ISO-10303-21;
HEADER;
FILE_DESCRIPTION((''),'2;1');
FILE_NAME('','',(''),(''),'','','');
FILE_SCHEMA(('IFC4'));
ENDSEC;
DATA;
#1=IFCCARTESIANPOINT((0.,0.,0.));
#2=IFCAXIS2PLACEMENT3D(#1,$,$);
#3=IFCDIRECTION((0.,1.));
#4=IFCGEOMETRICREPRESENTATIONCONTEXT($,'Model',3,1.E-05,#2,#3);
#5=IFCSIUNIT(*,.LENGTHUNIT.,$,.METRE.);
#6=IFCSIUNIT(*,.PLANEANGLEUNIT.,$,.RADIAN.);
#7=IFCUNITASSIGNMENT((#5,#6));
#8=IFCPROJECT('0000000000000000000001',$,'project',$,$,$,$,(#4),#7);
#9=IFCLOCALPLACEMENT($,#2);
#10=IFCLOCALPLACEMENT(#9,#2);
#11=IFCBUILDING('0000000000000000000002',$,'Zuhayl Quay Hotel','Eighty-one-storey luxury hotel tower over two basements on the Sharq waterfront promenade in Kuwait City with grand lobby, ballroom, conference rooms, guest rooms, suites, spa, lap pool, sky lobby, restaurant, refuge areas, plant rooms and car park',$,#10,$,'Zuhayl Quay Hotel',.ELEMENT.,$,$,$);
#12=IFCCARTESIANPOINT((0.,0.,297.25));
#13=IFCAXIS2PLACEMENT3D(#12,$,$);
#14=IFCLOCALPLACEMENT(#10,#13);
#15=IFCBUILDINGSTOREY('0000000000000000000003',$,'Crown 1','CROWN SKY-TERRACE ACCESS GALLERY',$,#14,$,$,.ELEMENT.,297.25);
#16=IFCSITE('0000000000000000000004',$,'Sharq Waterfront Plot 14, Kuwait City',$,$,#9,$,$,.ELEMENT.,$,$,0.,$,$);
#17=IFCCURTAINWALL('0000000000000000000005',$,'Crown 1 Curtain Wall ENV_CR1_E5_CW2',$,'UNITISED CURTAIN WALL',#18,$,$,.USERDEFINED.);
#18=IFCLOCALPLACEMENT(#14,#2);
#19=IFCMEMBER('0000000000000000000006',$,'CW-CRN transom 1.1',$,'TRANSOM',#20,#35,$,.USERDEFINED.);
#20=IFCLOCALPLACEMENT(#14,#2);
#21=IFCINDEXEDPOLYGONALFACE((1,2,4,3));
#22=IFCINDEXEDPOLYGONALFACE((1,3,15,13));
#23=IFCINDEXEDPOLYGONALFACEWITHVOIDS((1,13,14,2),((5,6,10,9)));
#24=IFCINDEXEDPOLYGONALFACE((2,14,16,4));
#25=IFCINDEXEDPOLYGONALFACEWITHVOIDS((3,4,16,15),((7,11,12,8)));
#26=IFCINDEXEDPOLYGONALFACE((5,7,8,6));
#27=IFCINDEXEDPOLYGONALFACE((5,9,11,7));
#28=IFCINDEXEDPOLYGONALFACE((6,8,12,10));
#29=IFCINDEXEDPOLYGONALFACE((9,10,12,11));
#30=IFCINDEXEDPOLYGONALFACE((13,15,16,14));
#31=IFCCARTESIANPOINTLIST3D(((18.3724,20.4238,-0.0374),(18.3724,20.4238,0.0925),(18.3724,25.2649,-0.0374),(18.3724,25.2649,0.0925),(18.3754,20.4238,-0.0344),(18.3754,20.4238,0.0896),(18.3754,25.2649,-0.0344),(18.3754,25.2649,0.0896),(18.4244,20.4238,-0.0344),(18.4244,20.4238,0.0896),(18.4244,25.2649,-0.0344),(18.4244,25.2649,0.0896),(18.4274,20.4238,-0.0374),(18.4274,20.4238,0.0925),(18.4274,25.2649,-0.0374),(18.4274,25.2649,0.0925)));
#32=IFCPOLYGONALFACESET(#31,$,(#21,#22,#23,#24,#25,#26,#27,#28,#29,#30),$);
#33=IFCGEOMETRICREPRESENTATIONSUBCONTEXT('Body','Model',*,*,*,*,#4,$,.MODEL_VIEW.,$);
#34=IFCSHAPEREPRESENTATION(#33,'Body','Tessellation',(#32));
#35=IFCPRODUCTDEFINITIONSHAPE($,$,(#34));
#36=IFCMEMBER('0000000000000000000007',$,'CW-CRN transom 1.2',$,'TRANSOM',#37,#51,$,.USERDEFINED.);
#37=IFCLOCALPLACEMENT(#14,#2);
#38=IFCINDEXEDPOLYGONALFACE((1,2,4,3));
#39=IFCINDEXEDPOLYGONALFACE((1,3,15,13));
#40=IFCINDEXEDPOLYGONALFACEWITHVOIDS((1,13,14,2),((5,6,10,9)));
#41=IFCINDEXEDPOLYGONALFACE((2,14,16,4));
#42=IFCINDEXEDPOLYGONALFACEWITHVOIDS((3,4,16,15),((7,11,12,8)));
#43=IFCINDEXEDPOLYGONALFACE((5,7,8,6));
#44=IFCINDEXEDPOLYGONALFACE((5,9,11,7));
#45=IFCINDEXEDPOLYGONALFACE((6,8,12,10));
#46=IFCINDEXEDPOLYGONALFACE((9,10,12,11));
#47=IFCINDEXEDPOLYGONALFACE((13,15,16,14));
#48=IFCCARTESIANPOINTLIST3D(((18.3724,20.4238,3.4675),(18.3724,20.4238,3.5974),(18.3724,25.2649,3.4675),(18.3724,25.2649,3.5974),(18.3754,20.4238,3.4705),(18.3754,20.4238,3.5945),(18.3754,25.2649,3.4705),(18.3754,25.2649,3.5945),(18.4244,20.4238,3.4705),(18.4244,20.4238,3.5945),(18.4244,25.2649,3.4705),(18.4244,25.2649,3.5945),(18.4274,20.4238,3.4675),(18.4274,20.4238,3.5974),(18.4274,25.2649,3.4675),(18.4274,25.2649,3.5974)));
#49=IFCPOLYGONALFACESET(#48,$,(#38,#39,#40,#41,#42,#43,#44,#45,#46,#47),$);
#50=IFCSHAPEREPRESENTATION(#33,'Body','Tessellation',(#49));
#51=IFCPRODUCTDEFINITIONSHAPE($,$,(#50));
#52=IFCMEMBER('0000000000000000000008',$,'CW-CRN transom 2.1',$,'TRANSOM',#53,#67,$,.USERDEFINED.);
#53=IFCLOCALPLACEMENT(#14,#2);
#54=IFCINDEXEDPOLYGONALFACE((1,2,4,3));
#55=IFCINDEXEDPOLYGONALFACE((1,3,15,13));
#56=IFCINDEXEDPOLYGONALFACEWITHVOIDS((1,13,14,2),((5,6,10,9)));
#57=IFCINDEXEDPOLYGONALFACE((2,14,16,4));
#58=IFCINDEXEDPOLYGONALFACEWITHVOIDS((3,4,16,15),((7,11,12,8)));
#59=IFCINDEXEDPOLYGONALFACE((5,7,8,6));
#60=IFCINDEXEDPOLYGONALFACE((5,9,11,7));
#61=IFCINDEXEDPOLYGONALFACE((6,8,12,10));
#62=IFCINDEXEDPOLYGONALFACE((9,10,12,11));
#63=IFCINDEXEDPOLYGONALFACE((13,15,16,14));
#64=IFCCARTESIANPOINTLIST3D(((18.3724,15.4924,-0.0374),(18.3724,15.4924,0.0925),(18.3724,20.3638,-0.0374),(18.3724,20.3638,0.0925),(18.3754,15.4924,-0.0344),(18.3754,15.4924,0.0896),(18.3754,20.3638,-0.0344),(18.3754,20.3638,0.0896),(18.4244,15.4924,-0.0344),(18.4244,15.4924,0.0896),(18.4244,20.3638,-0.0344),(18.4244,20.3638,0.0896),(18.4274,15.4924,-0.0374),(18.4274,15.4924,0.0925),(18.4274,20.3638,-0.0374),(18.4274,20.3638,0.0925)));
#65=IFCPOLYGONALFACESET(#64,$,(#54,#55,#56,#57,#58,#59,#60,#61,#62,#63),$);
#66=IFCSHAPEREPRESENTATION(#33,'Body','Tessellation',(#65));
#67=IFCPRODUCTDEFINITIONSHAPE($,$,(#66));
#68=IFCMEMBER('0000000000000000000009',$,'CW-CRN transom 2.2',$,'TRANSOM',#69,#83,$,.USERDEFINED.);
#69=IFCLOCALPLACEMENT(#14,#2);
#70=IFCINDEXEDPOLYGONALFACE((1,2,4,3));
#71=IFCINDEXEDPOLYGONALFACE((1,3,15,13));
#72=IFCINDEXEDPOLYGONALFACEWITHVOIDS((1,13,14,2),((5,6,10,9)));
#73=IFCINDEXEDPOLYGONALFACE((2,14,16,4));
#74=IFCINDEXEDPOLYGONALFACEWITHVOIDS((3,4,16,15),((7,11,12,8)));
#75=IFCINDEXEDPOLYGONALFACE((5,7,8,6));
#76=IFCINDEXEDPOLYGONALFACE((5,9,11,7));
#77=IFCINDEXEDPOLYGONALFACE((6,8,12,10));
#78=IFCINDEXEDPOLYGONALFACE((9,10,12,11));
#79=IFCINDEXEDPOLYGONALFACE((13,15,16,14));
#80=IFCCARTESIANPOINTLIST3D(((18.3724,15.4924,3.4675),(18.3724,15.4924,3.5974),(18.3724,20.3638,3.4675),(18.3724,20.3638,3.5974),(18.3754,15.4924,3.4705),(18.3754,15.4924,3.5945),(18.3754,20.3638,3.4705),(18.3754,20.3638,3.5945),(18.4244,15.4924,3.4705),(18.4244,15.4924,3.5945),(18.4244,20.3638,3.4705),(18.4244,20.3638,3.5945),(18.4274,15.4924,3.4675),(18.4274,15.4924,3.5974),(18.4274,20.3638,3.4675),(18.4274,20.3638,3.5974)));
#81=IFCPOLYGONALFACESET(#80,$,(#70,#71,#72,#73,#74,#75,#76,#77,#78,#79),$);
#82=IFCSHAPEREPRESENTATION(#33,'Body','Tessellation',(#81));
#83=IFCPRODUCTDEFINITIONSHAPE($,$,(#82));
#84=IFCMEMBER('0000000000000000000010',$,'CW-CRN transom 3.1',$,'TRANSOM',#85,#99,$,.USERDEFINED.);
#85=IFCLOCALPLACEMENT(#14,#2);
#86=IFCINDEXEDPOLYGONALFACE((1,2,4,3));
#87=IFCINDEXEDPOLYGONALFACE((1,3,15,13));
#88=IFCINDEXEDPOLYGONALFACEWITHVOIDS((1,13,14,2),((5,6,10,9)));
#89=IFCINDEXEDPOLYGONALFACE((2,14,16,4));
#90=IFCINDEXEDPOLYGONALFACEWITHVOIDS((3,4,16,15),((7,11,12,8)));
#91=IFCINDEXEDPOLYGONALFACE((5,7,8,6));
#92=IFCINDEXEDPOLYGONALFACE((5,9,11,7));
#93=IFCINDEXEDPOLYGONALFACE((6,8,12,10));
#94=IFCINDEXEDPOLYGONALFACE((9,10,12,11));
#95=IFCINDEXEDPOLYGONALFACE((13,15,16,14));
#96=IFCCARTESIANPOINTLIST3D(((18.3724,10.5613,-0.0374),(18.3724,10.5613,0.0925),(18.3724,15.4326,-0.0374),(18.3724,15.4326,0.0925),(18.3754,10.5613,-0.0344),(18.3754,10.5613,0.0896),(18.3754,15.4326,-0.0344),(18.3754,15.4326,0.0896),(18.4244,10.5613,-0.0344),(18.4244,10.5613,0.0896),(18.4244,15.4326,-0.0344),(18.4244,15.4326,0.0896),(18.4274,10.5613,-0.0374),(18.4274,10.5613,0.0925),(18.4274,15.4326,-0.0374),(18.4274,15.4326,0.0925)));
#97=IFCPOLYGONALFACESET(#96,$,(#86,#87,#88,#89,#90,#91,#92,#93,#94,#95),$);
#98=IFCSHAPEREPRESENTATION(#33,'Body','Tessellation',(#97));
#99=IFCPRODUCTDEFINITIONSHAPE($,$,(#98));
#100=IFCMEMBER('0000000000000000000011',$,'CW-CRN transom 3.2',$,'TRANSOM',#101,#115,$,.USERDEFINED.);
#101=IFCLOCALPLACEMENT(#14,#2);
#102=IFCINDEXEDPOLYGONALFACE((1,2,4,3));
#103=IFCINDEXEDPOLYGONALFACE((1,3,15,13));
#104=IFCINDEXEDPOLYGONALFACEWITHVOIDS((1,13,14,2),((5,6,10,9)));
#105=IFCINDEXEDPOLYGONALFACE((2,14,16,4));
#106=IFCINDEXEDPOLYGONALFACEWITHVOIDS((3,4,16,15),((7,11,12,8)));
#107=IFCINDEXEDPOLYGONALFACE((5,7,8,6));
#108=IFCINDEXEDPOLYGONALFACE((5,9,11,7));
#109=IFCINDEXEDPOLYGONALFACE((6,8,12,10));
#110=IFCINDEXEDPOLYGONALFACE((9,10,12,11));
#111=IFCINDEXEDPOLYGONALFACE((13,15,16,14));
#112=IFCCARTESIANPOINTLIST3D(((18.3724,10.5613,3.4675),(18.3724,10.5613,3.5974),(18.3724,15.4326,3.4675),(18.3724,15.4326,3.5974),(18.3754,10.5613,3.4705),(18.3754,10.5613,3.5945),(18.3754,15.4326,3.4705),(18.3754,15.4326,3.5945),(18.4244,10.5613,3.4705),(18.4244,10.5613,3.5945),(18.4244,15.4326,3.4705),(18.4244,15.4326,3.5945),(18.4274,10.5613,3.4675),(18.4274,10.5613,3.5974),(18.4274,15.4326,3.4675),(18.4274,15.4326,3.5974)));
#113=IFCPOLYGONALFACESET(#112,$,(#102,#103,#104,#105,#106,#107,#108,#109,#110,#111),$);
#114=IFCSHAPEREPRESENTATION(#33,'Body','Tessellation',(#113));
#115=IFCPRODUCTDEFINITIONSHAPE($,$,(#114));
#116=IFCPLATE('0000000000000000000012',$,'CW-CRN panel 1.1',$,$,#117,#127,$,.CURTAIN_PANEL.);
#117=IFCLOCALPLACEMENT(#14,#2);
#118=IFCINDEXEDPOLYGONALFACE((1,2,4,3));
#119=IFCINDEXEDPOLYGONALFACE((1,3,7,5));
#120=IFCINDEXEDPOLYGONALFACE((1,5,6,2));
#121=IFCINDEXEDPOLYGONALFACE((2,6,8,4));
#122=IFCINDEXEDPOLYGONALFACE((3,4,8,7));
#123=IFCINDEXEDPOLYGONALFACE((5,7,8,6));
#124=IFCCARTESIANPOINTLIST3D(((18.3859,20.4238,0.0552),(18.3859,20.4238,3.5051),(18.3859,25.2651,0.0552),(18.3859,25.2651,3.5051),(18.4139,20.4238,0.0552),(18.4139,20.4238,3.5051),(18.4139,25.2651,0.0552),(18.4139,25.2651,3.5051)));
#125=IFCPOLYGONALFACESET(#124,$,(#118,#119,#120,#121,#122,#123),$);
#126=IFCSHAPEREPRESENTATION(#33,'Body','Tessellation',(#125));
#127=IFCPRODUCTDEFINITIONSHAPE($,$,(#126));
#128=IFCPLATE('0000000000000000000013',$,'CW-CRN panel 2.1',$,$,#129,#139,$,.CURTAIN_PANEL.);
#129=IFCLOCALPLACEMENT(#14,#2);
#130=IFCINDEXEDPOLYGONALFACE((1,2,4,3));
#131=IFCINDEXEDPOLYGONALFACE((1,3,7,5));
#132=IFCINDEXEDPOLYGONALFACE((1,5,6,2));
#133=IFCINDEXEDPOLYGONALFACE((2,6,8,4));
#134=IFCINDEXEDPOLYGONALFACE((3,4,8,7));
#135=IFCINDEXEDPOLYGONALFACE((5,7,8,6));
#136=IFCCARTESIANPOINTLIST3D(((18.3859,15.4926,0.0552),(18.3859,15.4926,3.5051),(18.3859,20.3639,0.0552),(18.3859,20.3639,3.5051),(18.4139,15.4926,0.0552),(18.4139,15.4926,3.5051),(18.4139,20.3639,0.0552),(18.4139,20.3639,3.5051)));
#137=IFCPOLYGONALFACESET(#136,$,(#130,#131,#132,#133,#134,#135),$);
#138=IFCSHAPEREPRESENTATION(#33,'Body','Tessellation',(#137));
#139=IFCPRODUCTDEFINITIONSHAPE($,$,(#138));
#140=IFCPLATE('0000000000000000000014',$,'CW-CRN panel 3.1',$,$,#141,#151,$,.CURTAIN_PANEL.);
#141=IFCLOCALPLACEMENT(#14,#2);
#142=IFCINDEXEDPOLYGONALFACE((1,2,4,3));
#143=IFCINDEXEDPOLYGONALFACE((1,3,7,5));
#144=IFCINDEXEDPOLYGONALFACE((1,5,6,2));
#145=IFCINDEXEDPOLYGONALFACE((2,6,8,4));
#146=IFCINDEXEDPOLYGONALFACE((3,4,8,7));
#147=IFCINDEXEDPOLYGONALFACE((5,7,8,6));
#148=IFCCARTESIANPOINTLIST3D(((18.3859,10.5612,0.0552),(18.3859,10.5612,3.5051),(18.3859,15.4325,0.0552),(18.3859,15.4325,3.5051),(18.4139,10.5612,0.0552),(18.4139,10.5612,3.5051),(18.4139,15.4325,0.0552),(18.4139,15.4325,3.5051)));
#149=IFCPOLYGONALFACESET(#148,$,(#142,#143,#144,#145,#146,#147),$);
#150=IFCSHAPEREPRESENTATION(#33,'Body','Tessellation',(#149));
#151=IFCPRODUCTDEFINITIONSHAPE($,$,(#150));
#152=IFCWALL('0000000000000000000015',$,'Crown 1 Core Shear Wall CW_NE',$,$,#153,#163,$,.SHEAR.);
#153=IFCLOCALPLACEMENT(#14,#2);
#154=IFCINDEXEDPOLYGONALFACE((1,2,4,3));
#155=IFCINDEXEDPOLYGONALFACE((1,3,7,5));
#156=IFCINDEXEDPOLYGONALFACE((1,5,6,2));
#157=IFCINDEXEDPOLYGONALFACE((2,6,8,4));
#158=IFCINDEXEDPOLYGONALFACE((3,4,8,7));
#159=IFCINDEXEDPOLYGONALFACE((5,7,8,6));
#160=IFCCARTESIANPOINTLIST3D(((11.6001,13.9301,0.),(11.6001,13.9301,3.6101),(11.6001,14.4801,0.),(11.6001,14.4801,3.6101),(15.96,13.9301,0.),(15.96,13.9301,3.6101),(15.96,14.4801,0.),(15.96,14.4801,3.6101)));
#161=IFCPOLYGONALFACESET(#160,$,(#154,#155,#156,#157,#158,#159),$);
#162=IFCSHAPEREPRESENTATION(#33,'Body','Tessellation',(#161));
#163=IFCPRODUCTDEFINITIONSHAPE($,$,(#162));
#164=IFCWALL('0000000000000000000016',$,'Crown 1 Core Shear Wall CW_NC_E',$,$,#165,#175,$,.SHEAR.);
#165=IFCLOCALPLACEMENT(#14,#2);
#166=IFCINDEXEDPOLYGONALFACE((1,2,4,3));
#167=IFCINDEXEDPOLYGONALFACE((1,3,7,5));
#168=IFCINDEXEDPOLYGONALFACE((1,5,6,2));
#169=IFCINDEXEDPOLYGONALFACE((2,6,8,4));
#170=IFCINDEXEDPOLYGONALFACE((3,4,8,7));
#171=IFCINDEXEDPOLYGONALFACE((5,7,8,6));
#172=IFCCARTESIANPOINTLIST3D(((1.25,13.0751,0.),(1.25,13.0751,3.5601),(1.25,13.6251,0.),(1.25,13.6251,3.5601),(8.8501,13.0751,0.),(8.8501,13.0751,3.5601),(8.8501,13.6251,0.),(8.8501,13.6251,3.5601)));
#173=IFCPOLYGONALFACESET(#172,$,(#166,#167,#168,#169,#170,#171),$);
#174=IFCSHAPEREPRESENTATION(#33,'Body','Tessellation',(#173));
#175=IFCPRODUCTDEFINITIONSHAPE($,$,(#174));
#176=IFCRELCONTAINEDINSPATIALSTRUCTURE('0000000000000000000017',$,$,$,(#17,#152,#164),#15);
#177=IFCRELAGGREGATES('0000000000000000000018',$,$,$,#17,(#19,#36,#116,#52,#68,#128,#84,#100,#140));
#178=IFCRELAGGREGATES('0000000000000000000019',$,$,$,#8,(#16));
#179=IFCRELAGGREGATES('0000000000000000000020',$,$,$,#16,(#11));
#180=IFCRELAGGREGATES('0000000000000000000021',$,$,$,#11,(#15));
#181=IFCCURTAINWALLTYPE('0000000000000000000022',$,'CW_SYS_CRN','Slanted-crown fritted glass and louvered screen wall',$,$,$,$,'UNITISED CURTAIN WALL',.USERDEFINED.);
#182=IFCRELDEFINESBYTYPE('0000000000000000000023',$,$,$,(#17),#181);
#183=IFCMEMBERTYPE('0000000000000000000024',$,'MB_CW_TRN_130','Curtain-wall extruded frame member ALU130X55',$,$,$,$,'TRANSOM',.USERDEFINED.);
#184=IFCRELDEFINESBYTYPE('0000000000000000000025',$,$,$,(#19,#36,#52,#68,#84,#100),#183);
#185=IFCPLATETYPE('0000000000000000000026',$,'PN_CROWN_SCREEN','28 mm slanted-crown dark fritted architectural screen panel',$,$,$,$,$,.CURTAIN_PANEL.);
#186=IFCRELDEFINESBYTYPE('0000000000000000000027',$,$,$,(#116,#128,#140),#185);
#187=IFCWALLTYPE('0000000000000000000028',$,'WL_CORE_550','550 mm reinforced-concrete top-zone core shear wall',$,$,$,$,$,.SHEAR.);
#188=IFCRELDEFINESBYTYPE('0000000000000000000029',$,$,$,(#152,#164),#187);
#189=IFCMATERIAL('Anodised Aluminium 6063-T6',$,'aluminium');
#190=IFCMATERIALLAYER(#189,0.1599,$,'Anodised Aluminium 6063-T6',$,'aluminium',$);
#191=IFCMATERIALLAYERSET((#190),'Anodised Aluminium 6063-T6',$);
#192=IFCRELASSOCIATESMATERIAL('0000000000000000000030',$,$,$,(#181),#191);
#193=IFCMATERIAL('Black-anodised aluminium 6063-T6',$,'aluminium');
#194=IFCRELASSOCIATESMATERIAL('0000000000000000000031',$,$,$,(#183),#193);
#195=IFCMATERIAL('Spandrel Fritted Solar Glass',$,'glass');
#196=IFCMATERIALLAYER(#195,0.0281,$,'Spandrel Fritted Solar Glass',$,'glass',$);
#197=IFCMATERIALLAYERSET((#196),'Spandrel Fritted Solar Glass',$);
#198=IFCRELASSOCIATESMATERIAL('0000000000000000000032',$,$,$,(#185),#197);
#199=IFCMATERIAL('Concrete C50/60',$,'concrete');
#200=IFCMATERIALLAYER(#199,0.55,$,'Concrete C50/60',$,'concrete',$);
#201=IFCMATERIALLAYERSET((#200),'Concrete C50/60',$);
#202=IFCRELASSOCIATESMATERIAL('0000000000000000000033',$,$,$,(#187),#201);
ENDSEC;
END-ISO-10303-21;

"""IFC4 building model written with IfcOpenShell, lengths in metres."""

from ifc_helpers import new_model, si_unit, direction, frame, frame_2d, origin, origin_2d, place, context, subcontext, project, spatial, rectangle, hollow_rectangle, extrude, material, layer, layer_set, material_profile, profile_set, type_object, element, aggregate, save


model = new_model("IFC4")

# Units and contexts
model_context = context("Model", 3, precision=1e-05, world=origin(), true_north=direction((0.0, 1.0)))
body_context = subcontext(model_context, "Body", "Model", "MODEL_VIEW")
ifc_project = project(units=[si_unit("LENGTHUNIT", "METRE"), si_unit("PLANEANGLEUNIT", "RADIAN")], contexts=[model_context])

# Site, building, storey
site_placement = place(None, origin())
site = spatial("IfcSite", under=ifc_project, at=site_placement, Name="Sharq Waterfront Plot 14, Kuwait City", CompositionType="ELEMENT", RefElevation=0.0)
building_placement = place(site_placement, origin())
building = spatial("IfcBuilding", under=site, at=building_placement, Name="Zuhayl Quay Hotel", Description="Eighty-one-storey luxury hotel tower over two basements on the Sharq waterfront promenade in Kuwait City with grand lobby, ballroom, conference rooms, guest rooms, suites, spa, lap pool, sky lobby, restaurant, refuge areas, plant rooms and car park", LongName="Zuhayl Quay Hotel", CompositionType="ELEMENT")
storey_placement = place(building_placement, frame((0.0, 0.0, 297.25)))
storey = spatial("IfcBuildingStorey", under=building, at=storey_placement, Name="Crown 1", Description="CROWN SKY-TERRACE ACCESS GALLERY", CompositionType="ELEMENT", Elevation=297.25)

# Shared definitions
ifc_material_1 = material(Name="Anodised Aluminium 6063-T6", Category="aluminium")
ifc_layer_1 = layer(ifc_material_1, 0.1599, Name="Anodised Aluminium 6063-T6", Category="aluminium")
ifc_layer_set_1 = layer_set([ifc_layer_1], Name="Anodised Aluminium 6063-T6")
curtain_wall_type = type_object("IfcCurtainWallType", Name="CW_SYS_CRN", Description="Slanted-crown fritted glass and louvered screen wall", ElementType="UNITISED CURTAIN WALL", PredefinedType="USERDEFINED", material=ifc_layer_set_1)
ifc_material_2 = material(Name="Black-anodised aluminium 6063-T6", Category="aluminium")

# Curtain wall, members, plates
curtain_wall_1_placement = place(storey_placement, origin())
curtain_wall_1 = element("IfcCurtainWall", 1, at=curtain_wall_1_placement, inside=storey, type_object=curtain_wall_type, Name="Crown 1 Curtain Wall ENV_CR1_E5_CW2", ObjectType="UNITISED CURTAIN WALL", PredefinedType="USERDEFINED")
ifc_material_profile_1 = material_profile(ifc_material_2, hollow_rectangle(XDim=0.0549, YDim=0.1299, WallThickness=0.0029, at=origin_2d()), Name="ALU130X55")
ifc_profile_set_1 = profile_set([ifc_material_profile_1], Name="Black-anodised aluminium 6063-T6")
member_type_1 = type_object("IfcMemberType", Name="MB_CW_TRN_130", Description="Curtain-wall extruded frame member ALU130X55", ElementType="TRANSOM", PredefinedType="USERDEFINED", material=ifc_profile_set_1)
member_1_placement = place(storey_placement, frame((18.3999, 25.2649, 0.0276), z_axis=(0.0, -1.0, 0.0), x_axis=(1.0, 0.0, 0.0)))
member_1 = element("IfcMember", 2, at=member_1_placement, type_object=member_type_1, Name="CW-CRN transom 1.1", ObjectType="TRANSOM", PredefinedType="USERDEFINED", context=body_context, shape_type="SweptSolid", body=[
    extrude(hollow_rectangle(XDim=0.0549, YDim=0.1299, WallThickness=0.0029, at=origin_2d()), origin(), (0.0, 0.0, 1.0), 4.8411),
])
member_2_placement = place(storey_placement, frame((18.3999, 25.2649, 3.5325), z_axis=(0.0, -1.0, 0.0), x_axis=(1.0, 0.0, 0.0)))
member_2 = element("IfcMember", 3, at=member_2_placement, type_object=member_type_1, Name="CW-CRN transom 1.2", ObjectType="TRANSOM", PredefinedType="USERDEFINED", context=body_context, shape_type="SweptSolid", body=[
    extrude(hollow_rectangle(XDim=0.0549, YDim=0.1299, WallThickness=0.0029, at=origin_2d()), origin(), (0.0, 0.0, 1.0), 4.8411),
])
member_3_placement = place(storey_placement, frame((18.3999, 20.3638, 0.0276), z_axis=(0.0, -1.0, 0.0), x_axis=(1.0, 0.0, 0.0)))
member_3 = element("IfcMember", 4, at=member_3_placement, type_object=member_type_1, Name="CW-CRN transom 2.1", ObjectType="TRANSOM", PredefinedType="USERDEFINED", context=body_context, shape_type="SweptSolid", body=[
    extrude(hollow_rectangle(XDim=0.0549, YDim=0.1299, WallThickness=0.0029, at=origin_2d()), origin(), (0.0, 0.0, 1.0), 4.8713),
])
member_4_placement = place(storey_placement, frame((18.3999, 20.3638, 3.5325), z_axis=(0.0, -1.0, 0.0), x_axis=(1.0, 0.0, 0.0)))
member_4 = element("IfcMember", 5, at=member_4_placement, type_object=member_type_1, Name="CW-CRN transom 2.2", ObjectType="TRANSOM", PredefinedType="USERDEFINED", context=body_context, shape_type="SweptSolid", body=[
    extrude(hollow_rectangle(XDim=0.0549, YDim=0.1299, WallThickness=0.0029, at=origin_2d()), origin(), (0.0, 0.0, 1.0), 4.8713),
])
member_5_placement = place(storey_placement, frame((18.3999, 15.4326, 0.0276), z_axis=(0.0, -1.0, 0.0), x_axis=(1.0, 0.0, 0.0)))
member_5 = element("IfcMember", 6, at=member_5_placement, type_object=member_type_1, Name="CW-CRN transom 3.1", ObjectType="TRANSOM", PredefinedType="USERDEFINED", context=body_context, shape_type="SweptSolid", body=[
    extrude(hollow_rectangle(XDim=0.0549, YDim=0.1299, WallThickness=0.0029, at=origin_2d()), origin(), (0.0, 0.0, 1.0), 4.8713),
])
member_6_placement = place(storey_placement, frame((18.3999, 15.4326, 3.5325), z_axis=(0.0, -1.0, 0.0), x_axis=(1.0, 0.0, 0.0)))
member_6 = element("IfcMember", 7, at=member_6_placement, type_object=member_type_1, Name="CW-CRN transom 3.2", ObjectType="TRANSOM", PredefinedType="USERDEFINED", context=body_context, shape_type="SweptSolid", body=[
    extrude(hollow_rectangle(XDim=0.0549, YDim=0.1299, WallThickness=0.0029, at=origin_2d()), origin(), (0.0, 0.0, 1.0), 4.8713),
])
ifc_material_3 = material(Name="Spandrel Fritted Solar Glass", Category="glass")
ifc_layer_2 = layer(ifc_material_3, 0.0281, Name="Spandrel Fritted Solar Glass", Category="glass")
ifc_layer_set_2 = layer_set([ifc_layer_2], Name="Spandrel Fritted Solar Glass")
plate_type = type_object("IfcPlateType", Name="PN_CROWN_SCREEN", Description="28 mm slanted-crown dark fritted architectural screen panel", PredefinedType="CURTAIN_PANEL", material=ifc_layer_set_2)
plate_1_placement = place(storey_placement, frame((18.3999, 22.8445, 0.0552), z_axis=(0.0, 0.0, 1.0), x_axis=(0.0, -1.0, 0.0)))
plate_1 = element("IfcPlate", 8, at=plate_1_placement, type_object=plate_type, Name="CW-CRN panel 1.1", PredefinedType="CURTAIN_PANEL", context=body_context, shape_type="SweptSolid", body=[
    extrude(rectangle(XDim=4.8413, YDim=0.0281, at=origin_2d()), origin(), (0.0, 0.0, 1.0), 3.45),
])
plate_2_placement = place(storey_placement, frame((18.3999, 17.9282, 0.0552), z_axis=(0.0, 0.0, 1.0), x_axis=(0.0, -1.0, 0.0)))
plate_2 = element("IfcPlate", 9, at=plate_2_placement, type_object=plate_type, Name="CW-CRN panel 2.1", PredefinedType="CURTAIN_PANEL", context=body_context, shape_type="SweptSolid", body=[
    extrude(rectangle(XDim=4.8713, YDim=0.0281, at=origin_2d()), origin(), (0.0, 0.0, 1.0), 3.45),
])
plate_3_placement = place(storey_placement, frame((18.3999, 12.9968, 0.0552), z_axis=(0.0, 0.0, 1.0), x_axis=(0.0, -1.0, 0.0)))
plate_3 = element("IfcPlate", 10, at=plate_3_placement, type_object=plate_type, Name="CW-CRN panel 3.1", PredefinedType="CURTAIN_PANEL", context=body_context, shape_type="SweptSolid", body=[
    extrude(rectangle(XDim=4.8713, YDim=0.0281, at=origin_2d()), origin(), (0.0, 0.0, 1.0), 3.45),
])
aggregate(curtain_wall_1, [member_1, member_2, plate_1, member_3, member_4, plate_2, member_5, member_6, plate_3])

# Walls
ifc_material_4 = material(Name="Concrete C50/60", Category="concrete")
ifc_layer_3 = layer(ifc_material_4, 0.55, Name="Concrete C50/60", Category="concrete")
ifc_layer_set_3 = layer_set([ifc_layer_3], Name="Concrete C50/60")
wall_type_1 = type_object("IfcWallType", Name="WL_CORE_550", Description="550 mm reinforced-concrete top-zone core shear wall", PredefinedType="SHEAR", material=ifc_layer_set_3)
wall_1_placement = place(storey_placement, frame((11.6001, 14.2051, 0.0), z_axis=(0.0, 0.0, 1.0), x_axis=(1.0, 0.0, 0.0)))
element("IfcWall", 11, at=wall_1_placement, inside=storey, type_object=wall_type_1, Name="Crown 1 Core Shear Wall CW_NE", PredefinedType="SHEAR", context=body_context, shape_type="SweptSolid", body=[
    extrude(rectangle(XDim=4.3599, YDim=0.55, at=frame_2d((2.1799, 0.0))), origin(), (0.0, 0.0, 1.0), 3.6101),
])
wall_2_placement = place(storey_placement, frame((1.25, 13.3501, 0.0), z_axis=(0.0, 0.0, 1.0), x_axis=(1.0, 0.0, 0.0)))
element("IfcWall", 12, at=wall_2_placement, inside=storey, type_object=wall_type_1, Name="Crown 1 Core Shear Wall CW_NC_E", PredefinedType="SHEAR", context=body_context, shape_type="SweptSolid", body=[
    extrude(rectangle(XDim=7.6001, YDim=0.55, at=frame_2d((3.8, 0.0))), origin(), (0.0, 0.0, 1.0), 3.5601),
])

save(model, "model.ifc")
